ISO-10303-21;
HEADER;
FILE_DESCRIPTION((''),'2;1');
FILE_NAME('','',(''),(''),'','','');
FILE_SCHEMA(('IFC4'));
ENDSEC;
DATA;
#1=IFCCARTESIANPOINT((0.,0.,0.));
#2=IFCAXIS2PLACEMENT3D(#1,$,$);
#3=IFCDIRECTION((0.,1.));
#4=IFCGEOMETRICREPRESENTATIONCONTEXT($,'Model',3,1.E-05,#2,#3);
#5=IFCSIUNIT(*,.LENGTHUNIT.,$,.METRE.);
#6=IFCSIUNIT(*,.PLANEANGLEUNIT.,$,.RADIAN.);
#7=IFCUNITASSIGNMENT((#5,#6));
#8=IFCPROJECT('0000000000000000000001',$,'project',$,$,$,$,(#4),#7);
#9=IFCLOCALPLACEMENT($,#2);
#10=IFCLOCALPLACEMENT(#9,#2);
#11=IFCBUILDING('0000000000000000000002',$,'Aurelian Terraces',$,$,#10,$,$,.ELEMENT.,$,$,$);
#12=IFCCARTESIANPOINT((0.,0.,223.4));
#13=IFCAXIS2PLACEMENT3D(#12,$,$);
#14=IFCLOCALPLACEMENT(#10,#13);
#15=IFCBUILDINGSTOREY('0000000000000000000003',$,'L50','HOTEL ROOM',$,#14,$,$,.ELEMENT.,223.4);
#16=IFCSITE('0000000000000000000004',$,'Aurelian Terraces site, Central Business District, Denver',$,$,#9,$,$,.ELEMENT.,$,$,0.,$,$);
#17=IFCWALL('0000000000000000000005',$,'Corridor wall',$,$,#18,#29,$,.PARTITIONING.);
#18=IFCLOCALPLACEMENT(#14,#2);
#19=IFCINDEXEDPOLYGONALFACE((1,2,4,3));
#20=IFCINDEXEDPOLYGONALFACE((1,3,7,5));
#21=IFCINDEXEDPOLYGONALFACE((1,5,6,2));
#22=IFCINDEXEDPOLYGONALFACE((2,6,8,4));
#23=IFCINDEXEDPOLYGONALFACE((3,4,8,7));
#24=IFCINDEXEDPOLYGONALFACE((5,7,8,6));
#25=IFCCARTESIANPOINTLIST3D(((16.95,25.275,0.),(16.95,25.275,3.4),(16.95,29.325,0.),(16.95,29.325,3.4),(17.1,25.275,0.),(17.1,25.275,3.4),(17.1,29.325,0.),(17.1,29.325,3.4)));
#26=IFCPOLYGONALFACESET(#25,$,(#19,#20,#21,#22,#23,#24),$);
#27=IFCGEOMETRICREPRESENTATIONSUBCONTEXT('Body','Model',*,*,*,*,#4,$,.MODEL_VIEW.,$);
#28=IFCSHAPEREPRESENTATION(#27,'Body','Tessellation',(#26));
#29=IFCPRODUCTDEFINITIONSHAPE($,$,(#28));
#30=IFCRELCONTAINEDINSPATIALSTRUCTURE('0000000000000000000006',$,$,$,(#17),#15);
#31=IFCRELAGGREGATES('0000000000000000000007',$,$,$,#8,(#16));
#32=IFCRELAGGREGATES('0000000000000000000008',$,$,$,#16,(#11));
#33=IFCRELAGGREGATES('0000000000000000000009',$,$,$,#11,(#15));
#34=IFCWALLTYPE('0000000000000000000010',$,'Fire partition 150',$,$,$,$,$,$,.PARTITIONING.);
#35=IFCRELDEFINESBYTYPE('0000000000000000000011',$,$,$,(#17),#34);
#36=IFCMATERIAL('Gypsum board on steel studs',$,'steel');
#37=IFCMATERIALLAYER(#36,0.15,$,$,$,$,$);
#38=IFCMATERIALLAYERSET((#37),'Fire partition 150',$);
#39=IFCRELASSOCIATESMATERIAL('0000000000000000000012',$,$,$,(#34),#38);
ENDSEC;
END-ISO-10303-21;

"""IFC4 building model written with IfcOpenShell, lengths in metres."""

from ifc_helpers import new_model, si_unit, direction, frame, frame_2d, origin, place, context, subcontext, project, spatial, rectangle, extrude, source, transform, mapped, material, layer, layer_set, type_object, element, save


model = new_model("IFC4")

# Units and contexts
model_context = context("Model", 3, precision=1e-05, world=origin(), true_north=direction((0.0, 1.0)))
body_context = subcontext(model_context, "Body", "Model", "MODEL_VIEW")
ifc_project = project(units=[si_unit("LENGTHUNIT", "METRE"), si_unit("PLANEANGLEUNIT", "RADIAN")], contexts=[model_context])

# Site, building, storey
site_placement = place(None, origin())
site = spatial("IfcSite", under=ifc_project, at=site_placement, Name="Aurelian Terraces site, Central Business District, Denver", CompositionType="ELEMENT", RefElevation=0.0)
building_placement = place(site_placement, origin())
building = spatial("IfcBuilding", under=site, at=building_placement, Name="Aurelian Terraces", CompositionType="ELEMENT")
storey_placement = place(building_placement, frame((0.0, 0.0, 223.4)))
storey = spatial("IfcBuildingStorey", under=building, at=storey_placement, Name="L50", Description="HOTEL ROOM", CompositionType="ELEMENT", Elevation=223.4)

# Shared definitions
ifc_material_1 = material(Name="Gypsum board on steel studs", Category="steel")

# Shared definitions
ifc_layer_1 = layer(ifc_material_1, 0.15)
ifc_layer_set_1 = layer_set([ifc_layer_1], Name="Fire partition 150")
wall_type_1 = type_object("IfcWallType", Name="Fire partition 150", PredefinedType="PARTITIONING", material=ifc_layer_set_1)

# Wall
shared_shape_1 = source(origin(), body_context, "Body", "SweptSolid", [
    extrude(rectangle(XDim=4.05, YDim=0.15, at=frame_2d((2.025, 0.0))), origin(), (0.0, 0.0, 1.0), 3.4),
])
for number, where, z_axis, x_axis, name in (
    (1, (17.025, 29.325, 0.0), (0.0, 0.0, 1.0), (0.0, -1.0, 0.0), "Corridor wall"),
):
    element("IfcWall", number, at=place(storey_placement, frame(where, z_axis=z_axis, x_axis=x_axis)), inside=storey, type_object=wall_type_1, Name=name, PredefinedType="PARTITIONING", context=body_context, shape_type="MappedRepresentation", body=[
        mapped(shared_shape_1, transform((0.0, 0.0, 0.0), scale=1.0)),
    ])

save(model, "model.ifc")
